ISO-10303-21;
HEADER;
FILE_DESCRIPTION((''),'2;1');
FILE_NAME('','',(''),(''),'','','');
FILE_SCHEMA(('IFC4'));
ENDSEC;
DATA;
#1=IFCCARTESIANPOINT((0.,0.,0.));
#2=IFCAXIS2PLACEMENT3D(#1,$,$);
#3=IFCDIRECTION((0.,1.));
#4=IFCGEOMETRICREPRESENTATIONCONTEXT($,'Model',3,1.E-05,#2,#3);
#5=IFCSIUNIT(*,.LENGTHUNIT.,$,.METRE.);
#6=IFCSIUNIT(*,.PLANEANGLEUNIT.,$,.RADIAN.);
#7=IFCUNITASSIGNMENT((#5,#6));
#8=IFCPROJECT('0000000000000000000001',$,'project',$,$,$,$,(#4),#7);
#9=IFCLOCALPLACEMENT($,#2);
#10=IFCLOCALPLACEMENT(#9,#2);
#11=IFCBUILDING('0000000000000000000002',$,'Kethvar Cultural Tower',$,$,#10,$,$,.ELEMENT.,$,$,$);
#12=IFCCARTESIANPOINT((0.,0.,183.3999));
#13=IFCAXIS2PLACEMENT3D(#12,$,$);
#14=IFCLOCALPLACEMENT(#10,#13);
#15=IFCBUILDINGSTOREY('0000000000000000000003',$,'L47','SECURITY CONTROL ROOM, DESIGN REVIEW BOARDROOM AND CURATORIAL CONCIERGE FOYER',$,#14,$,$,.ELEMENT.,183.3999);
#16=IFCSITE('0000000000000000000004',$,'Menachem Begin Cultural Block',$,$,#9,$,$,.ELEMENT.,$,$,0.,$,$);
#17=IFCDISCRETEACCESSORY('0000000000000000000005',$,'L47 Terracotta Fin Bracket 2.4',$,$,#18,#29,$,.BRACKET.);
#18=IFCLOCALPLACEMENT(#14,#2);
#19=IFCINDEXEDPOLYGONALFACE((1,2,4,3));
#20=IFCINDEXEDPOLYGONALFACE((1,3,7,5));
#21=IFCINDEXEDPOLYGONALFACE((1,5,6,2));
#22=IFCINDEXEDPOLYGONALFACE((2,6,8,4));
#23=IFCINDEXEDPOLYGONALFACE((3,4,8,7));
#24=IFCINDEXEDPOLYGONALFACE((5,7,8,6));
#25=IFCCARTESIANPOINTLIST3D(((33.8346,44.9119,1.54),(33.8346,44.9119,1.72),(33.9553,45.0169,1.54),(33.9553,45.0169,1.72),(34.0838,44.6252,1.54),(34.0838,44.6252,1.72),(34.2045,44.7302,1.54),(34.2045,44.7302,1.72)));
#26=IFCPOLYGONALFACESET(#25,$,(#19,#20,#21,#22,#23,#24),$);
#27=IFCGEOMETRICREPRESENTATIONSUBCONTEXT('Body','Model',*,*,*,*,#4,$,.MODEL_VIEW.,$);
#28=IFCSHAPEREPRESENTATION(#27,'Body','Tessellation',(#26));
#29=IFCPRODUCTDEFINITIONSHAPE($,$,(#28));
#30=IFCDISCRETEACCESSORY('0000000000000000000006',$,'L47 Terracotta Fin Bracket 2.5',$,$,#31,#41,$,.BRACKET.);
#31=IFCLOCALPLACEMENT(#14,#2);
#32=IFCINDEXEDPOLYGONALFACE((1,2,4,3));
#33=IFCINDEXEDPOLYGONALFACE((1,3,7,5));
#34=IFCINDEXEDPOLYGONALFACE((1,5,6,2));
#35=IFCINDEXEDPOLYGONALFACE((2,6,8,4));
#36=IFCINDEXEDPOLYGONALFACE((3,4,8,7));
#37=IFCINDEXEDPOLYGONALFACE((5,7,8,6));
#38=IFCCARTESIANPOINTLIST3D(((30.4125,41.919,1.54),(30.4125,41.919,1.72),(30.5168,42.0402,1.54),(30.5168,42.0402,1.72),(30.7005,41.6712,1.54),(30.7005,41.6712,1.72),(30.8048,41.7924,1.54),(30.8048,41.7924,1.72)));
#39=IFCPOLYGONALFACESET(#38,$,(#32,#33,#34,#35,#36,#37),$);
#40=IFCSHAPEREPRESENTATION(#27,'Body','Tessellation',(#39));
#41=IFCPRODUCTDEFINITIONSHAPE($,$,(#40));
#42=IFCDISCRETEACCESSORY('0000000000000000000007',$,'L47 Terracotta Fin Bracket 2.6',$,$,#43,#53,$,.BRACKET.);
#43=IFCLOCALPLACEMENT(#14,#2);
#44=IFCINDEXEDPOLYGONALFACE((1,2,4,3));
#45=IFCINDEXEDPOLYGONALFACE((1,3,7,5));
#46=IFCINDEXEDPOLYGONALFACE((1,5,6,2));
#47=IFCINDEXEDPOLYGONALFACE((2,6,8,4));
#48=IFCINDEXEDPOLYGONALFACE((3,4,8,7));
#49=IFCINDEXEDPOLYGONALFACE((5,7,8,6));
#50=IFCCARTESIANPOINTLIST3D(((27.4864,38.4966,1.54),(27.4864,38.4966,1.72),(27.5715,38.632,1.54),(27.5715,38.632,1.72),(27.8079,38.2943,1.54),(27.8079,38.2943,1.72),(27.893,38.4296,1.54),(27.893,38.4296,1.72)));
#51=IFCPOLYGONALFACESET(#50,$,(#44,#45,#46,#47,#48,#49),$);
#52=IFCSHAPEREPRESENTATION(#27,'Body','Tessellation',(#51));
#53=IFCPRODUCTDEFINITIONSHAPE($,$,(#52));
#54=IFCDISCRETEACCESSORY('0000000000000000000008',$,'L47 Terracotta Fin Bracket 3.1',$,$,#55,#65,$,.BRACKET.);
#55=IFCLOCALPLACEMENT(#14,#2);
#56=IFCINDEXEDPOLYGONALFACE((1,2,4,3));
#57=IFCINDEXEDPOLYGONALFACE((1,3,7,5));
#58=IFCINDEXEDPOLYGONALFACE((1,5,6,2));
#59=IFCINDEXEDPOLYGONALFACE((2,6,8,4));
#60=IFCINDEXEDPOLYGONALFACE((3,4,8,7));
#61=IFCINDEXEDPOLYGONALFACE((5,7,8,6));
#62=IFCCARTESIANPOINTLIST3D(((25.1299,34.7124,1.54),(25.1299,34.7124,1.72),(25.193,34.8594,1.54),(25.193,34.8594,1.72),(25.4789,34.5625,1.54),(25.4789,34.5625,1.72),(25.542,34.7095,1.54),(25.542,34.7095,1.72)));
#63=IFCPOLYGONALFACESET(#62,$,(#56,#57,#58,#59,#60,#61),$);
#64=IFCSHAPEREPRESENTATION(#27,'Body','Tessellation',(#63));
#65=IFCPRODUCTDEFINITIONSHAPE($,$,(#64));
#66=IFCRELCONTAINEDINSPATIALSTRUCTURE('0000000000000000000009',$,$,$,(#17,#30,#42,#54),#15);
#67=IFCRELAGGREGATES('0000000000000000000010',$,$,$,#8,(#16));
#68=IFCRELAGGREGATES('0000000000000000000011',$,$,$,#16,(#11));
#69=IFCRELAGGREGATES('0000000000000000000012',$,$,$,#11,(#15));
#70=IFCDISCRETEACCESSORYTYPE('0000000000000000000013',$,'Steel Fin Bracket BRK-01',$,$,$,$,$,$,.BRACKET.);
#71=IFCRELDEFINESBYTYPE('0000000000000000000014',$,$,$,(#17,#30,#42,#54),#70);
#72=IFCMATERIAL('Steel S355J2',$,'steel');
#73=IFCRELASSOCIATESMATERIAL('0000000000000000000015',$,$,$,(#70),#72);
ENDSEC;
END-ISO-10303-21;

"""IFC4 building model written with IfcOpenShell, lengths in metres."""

from ifc_helpers import new_model, si_unit, direction, frame, origin, origin_2d, place, context, subcontext, project, spatial, rectangle, extrude, source, transform, mapped, material, type_object, element, save


model = new_model("IFC4")

# Units and contexts
model_context = context("Model", 3, precision=1e-05, world=origin(), true_north=direction((0.0, 1.0)))
body_context = subcontext(model_context, "Body", "Model", "MODEL_VIEW")
ifc_project = project(units=[si_unit("LENGTHUNIT", "METRE"), si_unit("PLANEANGLEUNIT", "RADIAN")], contexts=[model_context])

# Site, building, storey
site_placement = place(None, origin())
site = spatial("IfcSite", under=ifc_project, at=site_placement, Name="Menachem Begin Cultural Block", CompositionType="ELEMENT", RefElevation=0.0)
building_placement = place(site_placement, origin())
building = spatial("IfcBuilding", under=site, at=building_placement, Name="Kethvar Cultural Tower", CompositionType="ELEMENT")
storey_placement = place(building_placement, frame((0.0, 0.0, 183.3999)))
storey = spatial("IfcBuildingStorey", under=building, at=storey_placement, Name="L47", Description="SECURITY CONTROL ROOM, DESIGN REVIEW BOARDROOM AND CURATORIAL CONCIERGE FOYER", CompositionType="ELEMENT", Elevation=183.3999)

# Shared definitions
ifc_material_1 = material(Name="Steel S355J2", Category="steel")

# Discrete accessories
discrete_accessory_type = type_object("IfcDiscreteAccessoryType", Name="Steel Fin Bracket BRK-01", PredefinedType="BRACKET", material=ifc_material_1)
shared_shape_1 = source(origin(), body_context, "Body", "SweptSolid", [
    extrude(rectangle(XDim=0.3799, YDim=0.1599, at=origin_2d()), origin(), (0.0, 0.0, 1.0), 0.1799),
])
for number, where, z_axis, x_axis, name in (
    (1, (34.0195, 44.821, 1.54), (0.0, 0.0, 1.0), (-0.656059, 0.75471, 0.0), "L47 Terracotta Fin Bracket 2.4"),
    (2, (30.6086, 41.8557, 1.54), (0.0, 0.0, 1.0), (-0.758021, 0.652231, 0.0), "L47 Terracotta Fin Bracket 2.5"),
    (3, (27.6897, 38.4631, 1.54), (0.0, 0.0, 1.0), (-0.846379, 0.532581, 0.0), "L47 Terracotta Fin Bracket 2.6"),
    (4, (25.3359, 34.7109, 1.54), (0.0, 0.0, 1.0), (-0.91886, 0.394583, 0.0), "L47 Terracotta Fin Bracket 3.1"),
):
    element("IfcDiscreteAccessory", number, at=place(storey_placement, frame(where, z_axis=z_axis, x_axis=x_axis)), inside=storey, type_object=discrete_accessory_type, Name=name, PredefinedType="BRACKET", context=body_context, shape_type="MappedRepresentation", body=[
        mapped(shared_shape_1, transform((0.0, 0.0, 0.0), scale=1.0)),
    ])

save(model, "model.ifc")
